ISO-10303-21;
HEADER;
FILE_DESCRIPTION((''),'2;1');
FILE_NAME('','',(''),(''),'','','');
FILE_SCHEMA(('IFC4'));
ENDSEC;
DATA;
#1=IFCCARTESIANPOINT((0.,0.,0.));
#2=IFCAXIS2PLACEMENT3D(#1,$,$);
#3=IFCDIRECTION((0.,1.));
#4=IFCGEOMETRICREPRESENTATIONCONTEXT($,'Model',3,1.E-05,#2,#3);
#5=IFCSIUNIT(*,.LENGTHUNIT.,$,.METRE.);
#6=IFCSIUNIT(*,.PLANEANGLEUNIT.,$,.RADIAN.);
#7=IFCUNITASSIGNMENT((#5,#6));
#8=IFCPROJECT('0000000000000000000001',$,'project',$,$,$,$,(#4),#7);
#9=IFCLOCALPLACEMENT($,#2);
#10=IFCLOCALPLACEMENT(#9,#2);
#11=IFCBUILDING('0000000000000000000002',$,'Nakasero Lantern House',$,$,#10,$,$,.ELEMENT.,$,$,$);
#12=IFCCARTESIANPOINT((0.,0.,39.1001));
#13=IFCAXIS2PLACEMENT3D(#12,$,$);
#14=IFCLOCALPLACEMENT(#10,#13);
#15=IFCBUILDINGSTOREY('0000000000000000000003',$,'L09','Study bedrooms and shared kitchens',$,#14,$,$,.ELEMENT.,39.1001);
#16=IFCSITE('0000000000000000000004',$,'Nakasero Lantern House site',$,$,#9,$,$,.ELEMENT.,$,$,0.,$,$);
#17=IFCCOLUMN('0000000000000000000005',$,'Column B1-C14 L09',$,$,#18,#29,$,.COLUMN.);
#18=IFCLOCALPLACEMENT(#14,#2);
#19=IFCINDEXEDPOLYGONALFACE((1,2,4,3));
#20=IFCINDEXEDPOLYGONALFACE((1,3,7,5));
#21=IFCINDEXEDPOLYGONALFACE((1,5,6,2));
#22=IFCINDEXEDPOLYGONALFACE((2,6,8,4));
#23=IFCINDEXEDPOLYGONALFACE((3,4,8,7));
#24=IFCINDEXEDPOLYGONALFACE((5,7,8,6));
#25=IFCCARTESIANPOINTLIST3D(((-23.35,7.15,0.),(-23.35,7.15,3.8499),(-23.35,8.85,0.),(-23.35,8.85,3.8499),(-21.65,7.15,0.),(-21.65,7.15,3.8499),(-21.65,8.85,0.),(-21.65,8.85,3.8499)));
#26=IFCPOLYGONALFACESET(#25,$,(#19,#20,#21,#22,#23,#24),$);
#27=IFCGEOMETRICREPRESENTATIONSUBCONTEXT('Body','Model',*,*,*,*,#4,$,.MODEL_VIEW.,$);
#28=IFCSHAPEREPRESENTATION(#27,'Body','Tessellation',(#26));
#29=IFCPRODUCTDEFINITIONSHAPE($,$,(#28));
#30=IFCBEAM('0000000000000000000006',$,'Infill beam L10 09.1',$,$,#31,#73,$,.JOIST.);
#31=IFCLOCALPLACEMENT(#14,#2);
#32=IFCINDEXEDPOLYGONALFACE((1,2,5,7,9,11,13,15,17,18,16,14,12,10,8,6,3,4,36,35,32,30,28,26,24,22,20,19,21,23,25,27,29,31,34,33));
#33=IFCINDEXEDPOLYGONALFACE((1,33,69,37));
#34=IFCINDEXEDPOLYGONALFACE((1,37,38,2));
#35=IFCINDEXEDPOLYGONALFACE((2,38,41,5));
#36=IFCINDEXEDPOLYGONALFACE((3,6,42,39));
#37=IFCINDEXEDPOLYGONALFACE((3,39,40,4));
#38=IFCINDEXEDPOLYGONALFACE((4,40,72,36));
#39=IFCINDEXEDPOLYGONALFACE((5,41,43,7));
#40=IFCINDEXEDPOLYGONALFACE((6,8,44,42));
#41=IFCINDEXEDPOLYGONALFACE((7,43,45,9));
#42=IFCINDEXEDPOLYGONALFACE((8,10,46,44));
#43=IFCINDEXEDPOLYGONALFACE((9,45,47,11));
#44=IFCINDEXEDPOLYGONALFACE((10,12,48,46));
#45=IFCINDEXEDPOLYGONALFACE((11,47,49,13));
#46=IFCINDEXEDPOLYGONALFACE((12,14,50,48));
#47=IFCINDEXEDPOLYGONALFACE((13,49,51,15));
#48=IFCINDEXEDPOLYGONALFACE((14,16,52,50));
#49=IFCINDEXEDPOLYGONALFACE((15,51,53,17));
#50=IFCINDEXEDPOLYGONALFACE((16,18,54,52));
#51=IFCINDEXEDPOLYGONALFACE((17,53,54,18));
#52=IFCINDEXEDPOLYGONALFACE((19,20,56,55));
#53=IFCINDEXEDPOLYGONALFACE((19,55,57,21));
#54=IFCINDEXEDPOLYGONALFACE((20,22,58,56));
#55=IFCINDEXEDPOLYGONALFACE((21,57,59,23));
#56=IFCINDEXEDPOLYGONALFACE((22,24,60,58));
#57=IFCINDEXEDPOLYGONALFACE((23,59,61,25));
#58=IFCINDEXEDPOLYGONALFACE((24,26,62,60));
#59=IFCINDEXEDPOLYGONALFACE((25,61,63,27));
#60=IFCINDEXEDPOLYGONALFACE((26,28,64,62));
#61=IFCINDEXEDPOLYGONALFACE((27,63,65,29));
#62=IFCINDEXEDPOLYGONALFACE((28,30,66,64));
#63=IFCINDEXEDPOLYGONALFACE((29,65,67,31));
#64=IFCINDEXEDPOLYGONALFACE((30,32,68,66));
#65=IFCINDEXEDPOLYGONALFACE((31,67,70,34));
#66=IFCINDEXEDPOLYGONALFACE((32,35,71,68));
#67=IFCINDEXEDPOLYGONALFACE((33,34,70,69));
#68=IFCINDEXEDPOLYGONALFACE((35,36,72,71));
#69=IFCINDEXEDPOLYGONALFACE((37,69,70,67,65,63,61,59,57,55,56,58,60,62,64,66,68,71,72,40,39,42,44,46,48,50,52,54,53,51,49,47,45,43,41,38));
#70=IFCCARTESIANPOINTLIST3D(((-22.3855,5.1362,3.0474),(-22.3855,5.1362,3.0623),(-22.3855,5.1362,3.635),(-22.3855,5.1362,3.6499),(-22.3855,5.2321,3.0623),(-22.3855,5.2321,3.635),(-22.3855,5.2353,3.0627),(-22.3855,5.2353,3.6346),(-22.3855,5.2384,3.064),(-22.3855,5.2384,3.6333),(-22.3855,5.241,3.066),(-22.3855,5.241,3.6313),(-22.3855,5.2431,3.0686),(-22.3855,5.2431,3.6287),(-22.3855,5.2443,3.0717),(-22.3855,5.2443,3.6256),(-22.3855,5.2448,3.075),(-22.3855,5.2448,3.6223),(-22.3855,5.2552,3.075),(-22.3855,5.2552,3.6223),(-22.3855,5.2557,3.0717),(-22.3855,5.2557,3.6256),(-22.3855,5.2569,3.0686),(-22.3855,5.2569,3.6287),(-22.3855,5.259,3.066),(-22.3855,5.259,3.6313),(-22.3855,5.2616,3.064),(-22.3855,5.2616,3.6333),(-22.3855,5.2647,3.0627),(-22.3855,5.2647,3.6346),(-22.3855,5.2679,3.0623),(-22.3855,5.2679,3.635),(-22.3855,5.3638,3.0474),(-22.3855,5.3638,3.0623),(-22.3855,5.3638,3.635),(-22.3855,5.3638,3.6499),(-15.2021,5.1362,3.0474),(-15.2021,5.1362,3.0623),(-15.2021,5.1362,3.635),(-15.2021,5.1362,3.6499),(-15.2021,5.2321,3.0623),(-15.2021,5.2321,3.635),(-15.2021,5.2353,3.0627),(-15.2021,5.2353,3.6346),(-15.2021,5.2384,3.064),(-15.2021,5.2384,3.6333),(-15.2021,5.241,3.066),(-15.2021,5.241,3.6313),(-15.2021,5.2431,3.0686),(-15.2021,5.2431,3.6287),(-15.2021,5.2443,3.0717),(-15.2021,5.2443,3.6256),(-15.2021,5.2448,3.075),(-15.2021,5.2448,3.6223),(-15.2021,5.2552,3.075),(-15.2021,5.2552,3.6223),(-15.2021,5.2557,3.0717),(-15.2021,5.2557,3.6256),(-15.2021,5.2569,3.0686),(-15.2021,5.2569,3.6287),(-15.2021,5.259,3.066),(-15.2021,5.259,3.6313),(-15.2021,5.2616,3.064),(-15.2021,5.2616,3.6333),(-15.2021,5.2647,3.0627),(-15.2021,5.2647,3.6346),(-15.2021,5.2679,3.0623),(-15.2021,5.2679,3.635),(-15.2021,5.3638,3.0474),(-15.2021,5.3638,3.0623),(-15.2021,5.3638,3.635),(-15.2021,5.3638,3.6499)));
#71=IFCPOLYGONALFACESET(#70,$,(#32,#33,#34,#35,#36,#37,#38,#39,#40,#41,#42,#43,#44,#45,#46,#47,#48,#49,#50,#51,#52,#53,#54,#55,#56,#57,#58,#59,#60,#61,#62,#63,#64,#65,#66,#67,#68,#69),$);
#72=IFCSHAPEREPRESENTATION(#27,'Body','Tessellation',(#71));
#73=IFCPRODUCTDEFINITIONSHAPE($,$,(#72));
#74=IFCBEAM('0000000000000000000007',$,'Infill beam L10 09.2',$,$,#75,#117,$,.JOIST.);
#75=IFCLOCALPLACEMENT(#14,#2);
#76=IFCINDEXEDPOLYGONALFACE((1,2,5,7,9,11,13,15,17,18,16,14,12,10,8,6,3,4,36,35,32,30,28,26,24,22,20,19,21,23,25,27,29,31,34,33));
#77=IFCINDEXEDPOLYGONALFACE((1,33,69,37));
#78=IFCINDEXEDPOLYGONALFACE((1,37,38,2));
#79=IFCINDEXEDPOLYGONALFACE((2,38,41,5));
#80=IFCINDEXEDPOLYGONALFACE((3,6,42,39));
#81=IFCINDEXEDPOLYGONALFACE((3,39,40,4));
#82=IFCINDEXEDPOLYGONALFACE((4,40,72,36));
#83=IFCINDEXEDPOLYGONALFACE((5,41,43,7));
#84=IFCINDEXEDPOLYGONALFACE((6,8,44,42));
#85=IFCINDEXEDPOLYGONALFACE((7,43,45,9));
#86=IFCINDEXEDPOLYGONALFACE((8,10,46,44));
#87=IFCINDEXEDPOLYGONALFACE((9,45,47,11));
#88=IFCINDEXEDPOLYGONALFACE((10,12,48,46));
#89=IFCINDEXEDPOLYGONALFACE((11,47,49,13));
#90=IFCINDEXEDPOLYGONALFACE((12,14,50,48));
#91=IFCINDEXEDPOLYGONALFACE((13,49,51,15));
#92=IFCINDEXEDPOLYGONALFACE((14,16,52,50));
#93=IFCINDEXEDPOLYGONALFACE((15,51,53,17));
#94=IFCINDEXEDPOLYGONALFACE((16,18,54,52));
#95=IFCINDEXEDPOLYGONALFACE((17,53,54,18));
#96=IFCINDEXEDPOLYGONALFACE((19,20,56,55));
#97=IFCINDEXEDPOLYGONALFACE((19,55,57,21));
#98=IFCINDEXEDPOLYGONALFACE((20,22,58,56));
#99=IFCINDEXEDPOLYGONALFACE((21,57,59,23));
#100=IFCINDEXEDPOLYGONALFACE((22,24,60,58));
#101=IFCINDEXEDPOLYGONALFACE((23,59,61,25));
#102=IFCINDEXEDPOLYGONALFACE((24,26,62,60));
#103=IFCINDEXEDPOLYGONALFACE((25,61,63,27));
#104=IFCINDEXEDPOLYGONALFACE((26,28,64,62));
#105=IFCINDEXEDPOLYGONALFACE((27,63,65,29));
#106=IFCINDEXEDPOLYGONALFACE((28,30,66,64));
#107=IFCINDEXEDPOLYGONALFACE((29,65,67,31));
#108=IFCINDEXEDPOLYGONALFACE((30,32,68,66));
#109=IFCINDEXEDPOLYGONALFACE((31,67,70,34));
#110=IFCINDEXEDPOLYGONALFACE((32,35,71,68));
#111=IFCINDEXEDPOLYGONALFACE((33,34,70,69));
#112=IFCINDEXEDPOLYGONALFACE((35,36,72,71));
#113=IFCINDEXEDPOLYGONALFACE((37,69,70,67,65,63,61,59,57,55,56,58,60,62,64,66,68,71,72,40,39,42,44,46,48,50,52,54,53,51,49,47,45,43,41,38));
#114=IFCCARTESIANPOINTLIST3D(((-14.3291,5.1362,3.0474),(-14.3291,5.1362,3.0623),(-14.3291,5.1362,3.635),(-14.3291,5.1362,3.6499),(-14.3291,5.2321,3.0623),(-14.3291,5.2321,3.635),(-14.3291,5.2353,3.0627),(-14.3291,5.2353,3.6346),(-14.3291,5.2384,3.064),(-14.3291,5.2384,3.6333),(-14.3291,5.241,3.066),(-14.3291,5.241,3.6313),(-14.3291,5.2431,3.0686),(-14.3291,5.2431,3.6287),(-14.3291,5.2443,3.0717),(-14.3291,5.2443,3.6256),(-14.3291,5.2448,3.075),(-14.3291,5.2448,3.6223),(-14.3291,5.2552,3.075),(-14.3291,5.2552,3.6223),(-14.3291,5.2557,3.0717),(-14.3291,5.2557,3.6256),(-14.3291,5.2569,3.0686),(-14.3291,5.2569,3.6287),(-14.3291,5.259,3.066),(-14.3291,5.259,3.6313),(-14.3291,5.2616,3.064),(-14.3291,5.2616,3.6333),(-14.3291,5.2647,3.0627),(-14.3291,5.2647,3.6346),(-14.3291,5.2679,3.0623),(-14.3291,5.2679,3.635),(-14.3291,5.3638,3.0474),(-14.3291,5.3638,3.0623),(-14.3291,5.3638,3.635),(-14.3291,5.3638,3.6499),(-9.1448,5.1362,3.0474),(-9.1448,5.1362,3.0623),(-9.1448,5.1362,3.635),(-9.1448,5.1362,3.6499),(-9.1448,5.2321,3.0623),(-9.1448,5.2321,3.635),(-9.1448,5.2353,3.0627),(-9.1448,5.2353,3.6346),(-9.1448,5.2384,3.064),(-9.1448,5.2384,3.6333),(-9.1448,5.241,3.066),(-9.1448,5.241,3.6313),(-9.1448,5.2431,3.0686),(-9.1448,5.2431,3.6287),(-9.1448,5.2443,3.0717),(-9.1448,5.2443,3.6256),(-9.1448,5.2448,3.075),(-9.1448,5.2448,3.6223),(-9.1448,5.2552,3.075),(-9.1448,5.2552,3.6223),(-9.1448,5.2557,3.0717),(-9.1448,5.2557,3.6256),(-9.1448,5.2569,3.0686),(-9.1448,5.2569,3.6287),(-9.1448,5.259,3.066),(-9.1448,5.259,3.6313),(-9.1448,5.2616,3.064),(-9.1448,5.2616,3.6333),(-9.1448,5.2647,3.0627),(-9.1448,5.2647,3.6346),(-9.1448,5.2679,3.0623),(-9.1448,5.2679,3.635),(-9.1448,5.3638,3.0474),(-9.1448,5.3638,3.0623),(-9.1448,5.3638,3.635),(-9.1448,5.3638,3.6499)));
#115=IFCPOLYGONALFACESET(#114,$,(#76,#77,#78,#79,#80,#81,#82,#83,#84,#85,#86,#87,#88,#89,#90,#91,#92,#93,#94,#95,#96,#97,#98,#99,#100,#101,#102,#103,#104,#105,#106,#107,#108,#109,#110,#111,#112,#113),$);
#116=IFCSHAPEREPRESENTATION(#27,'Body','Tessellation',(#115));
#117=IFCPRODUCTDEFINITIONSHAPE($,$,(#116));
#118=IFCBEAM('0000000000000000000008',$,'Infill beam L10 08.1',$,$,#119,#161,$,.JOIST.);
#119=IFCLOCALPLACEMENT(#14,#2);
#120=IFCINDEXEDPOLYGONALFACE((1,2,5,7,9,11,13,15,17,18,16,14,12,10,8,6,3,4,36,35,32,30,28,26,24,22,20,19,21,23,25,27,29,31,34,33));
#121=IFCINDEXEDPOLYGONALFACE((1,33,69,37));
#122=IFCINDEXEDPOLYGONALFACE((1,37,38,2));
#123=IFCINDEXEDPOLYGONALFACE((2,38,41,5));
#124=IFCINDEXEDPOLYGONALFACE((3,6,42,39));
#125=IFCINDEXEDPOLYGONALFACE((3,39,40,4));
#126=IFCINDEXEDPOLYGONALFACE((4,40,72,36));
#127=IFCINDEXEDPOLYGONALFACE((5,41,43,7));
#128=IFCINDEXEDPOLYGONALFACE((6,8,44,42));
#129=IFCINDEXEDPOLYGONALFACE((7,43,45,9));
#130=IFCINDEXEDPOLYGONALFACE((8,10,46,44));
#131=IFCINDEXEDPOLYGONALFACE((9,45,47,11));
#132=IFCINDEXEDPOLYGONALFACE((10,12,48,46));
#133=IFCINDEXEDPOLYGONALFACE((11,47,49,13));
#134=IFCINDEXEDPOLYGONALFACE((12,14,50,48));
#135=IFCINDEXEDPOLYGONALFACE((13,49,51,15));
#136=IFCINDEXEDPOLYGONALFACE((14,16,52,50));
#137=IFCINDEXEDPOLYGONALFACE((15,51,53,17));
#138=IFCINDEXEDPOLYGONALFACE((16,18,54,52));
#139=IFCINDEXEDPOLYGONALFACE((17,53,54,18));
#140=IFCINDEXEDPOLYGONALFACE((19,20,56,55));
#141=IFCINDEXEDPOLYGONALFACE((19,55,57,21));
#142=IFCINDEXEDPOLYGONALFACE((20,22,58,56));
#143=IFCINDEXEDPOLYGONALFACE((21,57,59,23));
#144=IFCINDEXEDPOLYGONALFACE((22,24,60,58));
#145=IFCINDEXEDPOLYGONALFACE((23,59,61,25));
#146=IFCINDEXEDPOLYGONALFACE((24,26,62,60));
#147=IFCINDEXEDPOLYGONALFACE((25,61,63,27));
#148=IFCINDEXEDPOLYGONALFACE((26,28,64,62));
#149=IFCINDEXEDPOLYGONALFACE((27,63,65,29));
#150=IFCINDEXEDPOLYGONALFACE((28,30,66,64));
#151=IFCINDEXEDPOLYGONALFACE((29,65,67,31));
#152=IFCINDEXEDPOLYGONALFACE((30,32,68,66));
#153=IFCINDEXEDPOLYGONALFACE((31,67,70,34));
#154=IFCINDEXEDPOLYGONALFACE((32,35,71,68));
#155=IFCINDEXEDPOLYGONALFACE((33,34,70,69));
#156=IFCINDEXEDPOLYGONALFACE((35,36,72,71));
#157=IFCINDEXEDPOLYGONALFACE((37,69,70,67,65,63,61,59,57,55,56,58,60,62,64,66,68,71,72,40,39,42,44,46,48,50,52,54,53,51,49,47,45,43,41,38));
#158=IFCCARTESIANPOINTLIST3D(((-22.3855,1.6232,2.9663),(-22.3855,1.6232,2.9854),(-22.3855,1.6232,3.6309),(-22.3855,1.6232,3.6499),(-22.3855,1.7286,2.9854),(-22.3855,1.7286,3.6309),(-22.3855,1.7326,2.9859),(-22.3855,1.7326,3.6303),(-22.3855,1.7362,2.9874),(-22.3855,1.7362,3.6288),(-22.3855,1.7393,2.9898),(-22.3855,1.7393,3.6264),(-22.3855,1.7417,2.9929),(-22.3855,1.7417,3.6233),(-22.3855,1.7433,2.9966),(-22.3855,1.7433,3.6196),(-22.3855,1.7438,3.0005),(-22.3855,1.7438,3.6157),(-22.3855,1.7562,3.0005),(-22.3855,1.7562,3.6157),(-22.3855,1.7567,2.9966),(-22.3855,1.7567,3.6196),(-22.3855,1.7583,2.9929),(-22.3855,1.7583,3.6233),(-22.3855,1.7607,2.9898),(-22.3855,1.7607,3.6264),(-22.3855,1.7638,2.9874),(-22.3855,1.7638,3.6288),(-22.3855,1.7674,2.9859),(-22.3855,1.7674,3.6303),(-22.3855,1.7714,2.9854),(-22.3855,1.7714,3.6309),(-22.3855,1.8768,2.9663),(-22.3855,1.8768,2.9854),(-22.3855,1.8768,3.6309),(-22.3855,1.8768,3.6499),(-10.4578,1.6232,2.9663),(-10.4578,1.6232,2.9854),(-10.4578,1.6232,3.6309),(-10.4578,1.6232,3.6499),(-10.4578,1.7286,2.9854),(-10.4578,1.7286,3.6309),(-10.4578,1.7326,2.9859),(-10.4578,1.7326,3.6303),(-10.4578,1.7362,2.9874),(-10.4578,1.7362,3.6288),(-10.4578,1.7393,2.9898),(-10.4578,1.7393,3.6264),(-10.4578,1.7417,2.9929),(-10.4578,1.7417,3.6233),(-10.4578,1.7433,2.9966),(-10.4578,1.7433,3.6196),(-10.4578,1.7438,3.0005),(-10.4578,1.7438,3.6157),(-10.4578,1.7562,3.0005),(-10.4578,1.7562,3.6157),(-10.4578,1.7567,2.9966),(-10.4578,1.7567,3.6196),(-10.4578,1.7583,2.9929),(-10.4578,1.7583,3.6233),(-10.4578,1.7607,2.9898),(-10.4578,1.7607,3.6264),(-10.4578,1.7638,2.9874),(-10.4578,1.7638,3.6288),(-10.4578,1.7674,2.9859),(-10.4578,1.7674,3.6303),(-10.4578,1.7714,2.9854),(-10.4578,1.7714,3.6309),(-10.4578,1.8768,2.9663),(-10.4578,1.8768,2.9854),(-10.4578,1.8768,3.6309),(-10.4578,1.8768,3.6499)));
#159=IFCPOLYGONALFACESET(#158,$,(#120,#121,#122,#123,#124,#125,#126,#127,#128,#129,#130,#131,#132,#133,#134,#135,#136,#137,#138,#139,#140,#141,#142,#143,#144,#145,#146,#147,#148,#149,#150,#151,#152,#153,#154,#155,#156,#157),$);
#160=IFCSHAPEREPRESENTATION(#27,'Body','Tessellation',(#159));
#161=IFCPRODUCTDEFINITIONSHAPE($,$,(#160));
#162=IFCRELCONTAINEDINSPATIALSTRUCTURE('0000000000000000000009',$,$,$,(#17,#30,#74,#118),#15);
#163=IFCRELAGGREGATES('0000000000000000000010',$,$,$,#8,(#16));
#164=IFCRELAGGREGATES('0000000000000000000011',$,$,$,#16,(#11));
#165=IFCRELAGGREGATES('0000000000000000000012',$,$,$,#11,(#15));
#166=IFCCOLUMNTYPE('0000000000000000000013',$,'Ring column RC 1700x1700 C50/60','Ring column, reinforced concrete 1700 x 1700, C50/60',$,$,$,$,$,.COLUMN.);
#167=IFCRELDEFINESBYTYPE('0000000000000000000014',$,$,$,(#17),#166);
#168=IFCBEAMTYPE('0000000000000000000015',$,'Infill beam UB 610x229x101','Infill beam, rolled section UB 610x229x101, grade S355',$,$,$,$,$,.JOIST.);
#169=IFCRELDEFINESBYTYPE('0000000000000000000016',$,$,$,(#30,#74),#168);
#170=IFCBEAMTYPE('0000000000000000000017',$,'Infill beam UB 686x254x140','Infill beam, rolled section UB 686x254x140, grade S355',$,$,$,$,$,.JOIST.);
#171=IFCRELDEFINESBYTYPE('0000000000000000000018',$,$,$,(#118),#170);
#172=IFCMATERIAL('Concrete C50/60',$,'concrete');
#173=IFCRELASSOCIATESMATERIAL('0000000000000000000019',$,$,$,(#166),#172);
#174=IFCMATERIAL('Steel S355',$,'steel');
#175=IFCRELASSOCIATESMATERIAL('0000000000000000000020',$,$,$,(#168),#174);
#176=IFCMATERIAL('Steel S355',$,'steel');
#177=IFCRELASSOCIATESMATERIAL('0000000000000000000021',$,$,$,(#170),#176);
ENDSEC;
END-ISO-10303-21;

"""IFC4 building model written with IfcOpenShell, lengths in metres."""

from ifc_helpers import new_model, si_unit, direction, frame, origin, origin_2d, place, context, subcontext, project, spatial, rectangle, i_section, extrude, material, material_profile, profile_set, type_object, element, save


model = new_model("IFC4")

# Units and contexts
model_context = context("Model", 3, precision=1e-05, world=origin(), true_north=direction((0.0, 1.0)))
body_context = subcontext(model_context, "Body", "Model", "MODEL_VIEW")
ifc_project = project(units=[si_unit("LENGTHUNIT", "METRE"), si_unit("PLANEANGLEUNIT", "RADIAN")], contexts=[model_context])

# Site, building, storey
site_placement = place(None, origin())
site = spatial("IfcSite", under=ifc_project, at=site_placement, Name="Nakasero Lantern House site", CompositionType="ELEMENT", RefElevation=0.0)
building_placement = place(site_placement, origin())
building = spatial("IfcBuilding", under=site, at=building_placement, Name="Nakasero Lantern House", CompositionType="ELEMENT")
storey_placement = place(building_placement, frame((0.0, 0.0, 39.1001)))
storey = spatial("IfcBuildingStorey", under=building, at=storey_placement, Name="L09", Description="Study bedrooms and shared kitchens", CompositionType="ELEMENT", Elevation=39.1001)

# Column
ifc_material_1 = material(Name="Concrete C50/60", Category="concrete")
ifc_material_profile_1 = material_profile(ifc_material_1, rectangle(XDim=1.7, YDim=1.7, at=origin_2d()), Name="RC 1700x1700")
ifc_profile_set_1 = profile_set([ifc_material_profile_1], Name="Concrete C50/60")
column_type = type_object("IfcColumnType", Name="Ring column RC 1700x1700 C50/60", Description="Ring column, reinforced concrete 1700 x 1700, C50/60", PredefinedType="COLUMN", material=ifc_profile_set_1)
column_placement = place(storey_placement, frame((-22.5, 8.0, 0.0), z_axis=(0.0, 0.0, 1.0), x_axis=(1.0, 0.0, 0.0)))
element("IfcColumn", 1, at=column_placement, inside=storey, type_object=column_type, Name="Column B1-C14 L09", PredefinedType="COLUMN", context=body_context, shape_type="SweptSolid", body=[
    extrude(rectangle(XDim=1.7, YDim=1.7, at=origin_2d()), origin(), (0.0, 0.0, 1.0), 3.8499),
])

# Beams
ifc_material_2 = material(Name="Steel S355", Category="steel")
ifc_material_profile_2 = material_profile(ifc_material_2, i_section(OverallWidth=0.2275, OverallDepth=0.6025, WebThickness=0.0105, FlangeThickness=0.0149, FilletRadius=0.0127, at=origin_2d()), Name="UB 610x229x101")
ifc_profile_set_2 = profile_set([ifc_material_profile_2], Name="Steel S355")
beam_type_1 = type_object("IfcBeamType", Name="Infill beam UB 610x229x101", Description="Infill beam, rolled section UB 610x229x101, grade S355", PredefinedType="JOIST", material=ifc_profile_set_2)
beam_1_placement = place(storey_placement, frame((-22.3855, 5.25, 3.3486), z_axis=(1.0, 0.0, 0.0), x_axis=(0.0, 1.0, 0.0)))
element("IfcBeam", 2, at=beam_1_placement, inside=storey, type_object=beam_type_1, Name="Infill beam L10 09.1", PredefinedType="JOIST", context=body_context, shape_type="SweptSolid", body=[
    extrude(i_section(OverallWidth=0.2275, OverallDepth=0.6025, WebThickness=0.0105, FlangeThickness=0.0149, FilletRadius=0.0127, at=origin_2d()), origin(), (0.0, 0.0, 1.0), 7.1833),
])
beam_2_placement = place(storey_placement, frame((-14.3291, 5.25, 3.3486), z_axis=(1.0, 0.0, 0.0), x_axis=(0.0, 1.0, 0.0)))
element("IfcBeam", 3, at=beam_2_placement, inside=storey, type_object=beam_type_1, Name="Infill beam L10 09.2", PredefinedType="JOIST", context=body_context, shape_type="SweptSolid", body=[
    extrude(i_section(OverallWidth=0.2275, OverallDepth=0.6025, WebThickness=0.0105, FlangeThickness=0.0149, FilletRadius=0.0127, at=origin_2d()), origin(), (0.0, 0.0, 1.0), 5.1843),
])
ifc_material_3 = material(Name="Steel S355", Category="steel")
ifc_material_profile_3 = material_profile(ifc_material_3, i_section(OverallWidth=0.2537, OverallDepth=0.6836, WebThickness=0.0125, FlangeThickness=0.019, FilletRadius=0.0151, at=origin_2d()), Name="UB 686x254x140")
ifc_profile_set_3 = profile_set([ifc_material_profile_3], Name="Steel S355")
beam_type_2 = type_object("IfcBeamType", Name="Infill beam UB 686x254x140", Description="Infill beam, rolled section UB 686x254x140, grade S355", PredefinedType="JOIST", material=ifc_profile_set_3)
beam_3_placement = place(storey_placement, frame((-22.3855, 1.75, 3.3081), z_axis=(1.0, 0.0, 0.0), x_axis=(0.0, 1.0, 0.0)))
element("IfcBeam", 4, at=beam_3_placement, inside=storey, type_object=beam_type_2, Name="Infill beam L10 08.1", PredefinedType="JOIST", context=body_context, shape_type="SweptSolid", body=[
    extrude(i_section(OverallWidth=0.2537, OverallDepth=0.6836, WebThickness=0.0125, FlangeThickness=0.019, FilletRadius=0.0151, at=origin_2d()), origin(), (0.0, 0.0, 1.0), 11.9277),
])

save(model, "model.ifc")
